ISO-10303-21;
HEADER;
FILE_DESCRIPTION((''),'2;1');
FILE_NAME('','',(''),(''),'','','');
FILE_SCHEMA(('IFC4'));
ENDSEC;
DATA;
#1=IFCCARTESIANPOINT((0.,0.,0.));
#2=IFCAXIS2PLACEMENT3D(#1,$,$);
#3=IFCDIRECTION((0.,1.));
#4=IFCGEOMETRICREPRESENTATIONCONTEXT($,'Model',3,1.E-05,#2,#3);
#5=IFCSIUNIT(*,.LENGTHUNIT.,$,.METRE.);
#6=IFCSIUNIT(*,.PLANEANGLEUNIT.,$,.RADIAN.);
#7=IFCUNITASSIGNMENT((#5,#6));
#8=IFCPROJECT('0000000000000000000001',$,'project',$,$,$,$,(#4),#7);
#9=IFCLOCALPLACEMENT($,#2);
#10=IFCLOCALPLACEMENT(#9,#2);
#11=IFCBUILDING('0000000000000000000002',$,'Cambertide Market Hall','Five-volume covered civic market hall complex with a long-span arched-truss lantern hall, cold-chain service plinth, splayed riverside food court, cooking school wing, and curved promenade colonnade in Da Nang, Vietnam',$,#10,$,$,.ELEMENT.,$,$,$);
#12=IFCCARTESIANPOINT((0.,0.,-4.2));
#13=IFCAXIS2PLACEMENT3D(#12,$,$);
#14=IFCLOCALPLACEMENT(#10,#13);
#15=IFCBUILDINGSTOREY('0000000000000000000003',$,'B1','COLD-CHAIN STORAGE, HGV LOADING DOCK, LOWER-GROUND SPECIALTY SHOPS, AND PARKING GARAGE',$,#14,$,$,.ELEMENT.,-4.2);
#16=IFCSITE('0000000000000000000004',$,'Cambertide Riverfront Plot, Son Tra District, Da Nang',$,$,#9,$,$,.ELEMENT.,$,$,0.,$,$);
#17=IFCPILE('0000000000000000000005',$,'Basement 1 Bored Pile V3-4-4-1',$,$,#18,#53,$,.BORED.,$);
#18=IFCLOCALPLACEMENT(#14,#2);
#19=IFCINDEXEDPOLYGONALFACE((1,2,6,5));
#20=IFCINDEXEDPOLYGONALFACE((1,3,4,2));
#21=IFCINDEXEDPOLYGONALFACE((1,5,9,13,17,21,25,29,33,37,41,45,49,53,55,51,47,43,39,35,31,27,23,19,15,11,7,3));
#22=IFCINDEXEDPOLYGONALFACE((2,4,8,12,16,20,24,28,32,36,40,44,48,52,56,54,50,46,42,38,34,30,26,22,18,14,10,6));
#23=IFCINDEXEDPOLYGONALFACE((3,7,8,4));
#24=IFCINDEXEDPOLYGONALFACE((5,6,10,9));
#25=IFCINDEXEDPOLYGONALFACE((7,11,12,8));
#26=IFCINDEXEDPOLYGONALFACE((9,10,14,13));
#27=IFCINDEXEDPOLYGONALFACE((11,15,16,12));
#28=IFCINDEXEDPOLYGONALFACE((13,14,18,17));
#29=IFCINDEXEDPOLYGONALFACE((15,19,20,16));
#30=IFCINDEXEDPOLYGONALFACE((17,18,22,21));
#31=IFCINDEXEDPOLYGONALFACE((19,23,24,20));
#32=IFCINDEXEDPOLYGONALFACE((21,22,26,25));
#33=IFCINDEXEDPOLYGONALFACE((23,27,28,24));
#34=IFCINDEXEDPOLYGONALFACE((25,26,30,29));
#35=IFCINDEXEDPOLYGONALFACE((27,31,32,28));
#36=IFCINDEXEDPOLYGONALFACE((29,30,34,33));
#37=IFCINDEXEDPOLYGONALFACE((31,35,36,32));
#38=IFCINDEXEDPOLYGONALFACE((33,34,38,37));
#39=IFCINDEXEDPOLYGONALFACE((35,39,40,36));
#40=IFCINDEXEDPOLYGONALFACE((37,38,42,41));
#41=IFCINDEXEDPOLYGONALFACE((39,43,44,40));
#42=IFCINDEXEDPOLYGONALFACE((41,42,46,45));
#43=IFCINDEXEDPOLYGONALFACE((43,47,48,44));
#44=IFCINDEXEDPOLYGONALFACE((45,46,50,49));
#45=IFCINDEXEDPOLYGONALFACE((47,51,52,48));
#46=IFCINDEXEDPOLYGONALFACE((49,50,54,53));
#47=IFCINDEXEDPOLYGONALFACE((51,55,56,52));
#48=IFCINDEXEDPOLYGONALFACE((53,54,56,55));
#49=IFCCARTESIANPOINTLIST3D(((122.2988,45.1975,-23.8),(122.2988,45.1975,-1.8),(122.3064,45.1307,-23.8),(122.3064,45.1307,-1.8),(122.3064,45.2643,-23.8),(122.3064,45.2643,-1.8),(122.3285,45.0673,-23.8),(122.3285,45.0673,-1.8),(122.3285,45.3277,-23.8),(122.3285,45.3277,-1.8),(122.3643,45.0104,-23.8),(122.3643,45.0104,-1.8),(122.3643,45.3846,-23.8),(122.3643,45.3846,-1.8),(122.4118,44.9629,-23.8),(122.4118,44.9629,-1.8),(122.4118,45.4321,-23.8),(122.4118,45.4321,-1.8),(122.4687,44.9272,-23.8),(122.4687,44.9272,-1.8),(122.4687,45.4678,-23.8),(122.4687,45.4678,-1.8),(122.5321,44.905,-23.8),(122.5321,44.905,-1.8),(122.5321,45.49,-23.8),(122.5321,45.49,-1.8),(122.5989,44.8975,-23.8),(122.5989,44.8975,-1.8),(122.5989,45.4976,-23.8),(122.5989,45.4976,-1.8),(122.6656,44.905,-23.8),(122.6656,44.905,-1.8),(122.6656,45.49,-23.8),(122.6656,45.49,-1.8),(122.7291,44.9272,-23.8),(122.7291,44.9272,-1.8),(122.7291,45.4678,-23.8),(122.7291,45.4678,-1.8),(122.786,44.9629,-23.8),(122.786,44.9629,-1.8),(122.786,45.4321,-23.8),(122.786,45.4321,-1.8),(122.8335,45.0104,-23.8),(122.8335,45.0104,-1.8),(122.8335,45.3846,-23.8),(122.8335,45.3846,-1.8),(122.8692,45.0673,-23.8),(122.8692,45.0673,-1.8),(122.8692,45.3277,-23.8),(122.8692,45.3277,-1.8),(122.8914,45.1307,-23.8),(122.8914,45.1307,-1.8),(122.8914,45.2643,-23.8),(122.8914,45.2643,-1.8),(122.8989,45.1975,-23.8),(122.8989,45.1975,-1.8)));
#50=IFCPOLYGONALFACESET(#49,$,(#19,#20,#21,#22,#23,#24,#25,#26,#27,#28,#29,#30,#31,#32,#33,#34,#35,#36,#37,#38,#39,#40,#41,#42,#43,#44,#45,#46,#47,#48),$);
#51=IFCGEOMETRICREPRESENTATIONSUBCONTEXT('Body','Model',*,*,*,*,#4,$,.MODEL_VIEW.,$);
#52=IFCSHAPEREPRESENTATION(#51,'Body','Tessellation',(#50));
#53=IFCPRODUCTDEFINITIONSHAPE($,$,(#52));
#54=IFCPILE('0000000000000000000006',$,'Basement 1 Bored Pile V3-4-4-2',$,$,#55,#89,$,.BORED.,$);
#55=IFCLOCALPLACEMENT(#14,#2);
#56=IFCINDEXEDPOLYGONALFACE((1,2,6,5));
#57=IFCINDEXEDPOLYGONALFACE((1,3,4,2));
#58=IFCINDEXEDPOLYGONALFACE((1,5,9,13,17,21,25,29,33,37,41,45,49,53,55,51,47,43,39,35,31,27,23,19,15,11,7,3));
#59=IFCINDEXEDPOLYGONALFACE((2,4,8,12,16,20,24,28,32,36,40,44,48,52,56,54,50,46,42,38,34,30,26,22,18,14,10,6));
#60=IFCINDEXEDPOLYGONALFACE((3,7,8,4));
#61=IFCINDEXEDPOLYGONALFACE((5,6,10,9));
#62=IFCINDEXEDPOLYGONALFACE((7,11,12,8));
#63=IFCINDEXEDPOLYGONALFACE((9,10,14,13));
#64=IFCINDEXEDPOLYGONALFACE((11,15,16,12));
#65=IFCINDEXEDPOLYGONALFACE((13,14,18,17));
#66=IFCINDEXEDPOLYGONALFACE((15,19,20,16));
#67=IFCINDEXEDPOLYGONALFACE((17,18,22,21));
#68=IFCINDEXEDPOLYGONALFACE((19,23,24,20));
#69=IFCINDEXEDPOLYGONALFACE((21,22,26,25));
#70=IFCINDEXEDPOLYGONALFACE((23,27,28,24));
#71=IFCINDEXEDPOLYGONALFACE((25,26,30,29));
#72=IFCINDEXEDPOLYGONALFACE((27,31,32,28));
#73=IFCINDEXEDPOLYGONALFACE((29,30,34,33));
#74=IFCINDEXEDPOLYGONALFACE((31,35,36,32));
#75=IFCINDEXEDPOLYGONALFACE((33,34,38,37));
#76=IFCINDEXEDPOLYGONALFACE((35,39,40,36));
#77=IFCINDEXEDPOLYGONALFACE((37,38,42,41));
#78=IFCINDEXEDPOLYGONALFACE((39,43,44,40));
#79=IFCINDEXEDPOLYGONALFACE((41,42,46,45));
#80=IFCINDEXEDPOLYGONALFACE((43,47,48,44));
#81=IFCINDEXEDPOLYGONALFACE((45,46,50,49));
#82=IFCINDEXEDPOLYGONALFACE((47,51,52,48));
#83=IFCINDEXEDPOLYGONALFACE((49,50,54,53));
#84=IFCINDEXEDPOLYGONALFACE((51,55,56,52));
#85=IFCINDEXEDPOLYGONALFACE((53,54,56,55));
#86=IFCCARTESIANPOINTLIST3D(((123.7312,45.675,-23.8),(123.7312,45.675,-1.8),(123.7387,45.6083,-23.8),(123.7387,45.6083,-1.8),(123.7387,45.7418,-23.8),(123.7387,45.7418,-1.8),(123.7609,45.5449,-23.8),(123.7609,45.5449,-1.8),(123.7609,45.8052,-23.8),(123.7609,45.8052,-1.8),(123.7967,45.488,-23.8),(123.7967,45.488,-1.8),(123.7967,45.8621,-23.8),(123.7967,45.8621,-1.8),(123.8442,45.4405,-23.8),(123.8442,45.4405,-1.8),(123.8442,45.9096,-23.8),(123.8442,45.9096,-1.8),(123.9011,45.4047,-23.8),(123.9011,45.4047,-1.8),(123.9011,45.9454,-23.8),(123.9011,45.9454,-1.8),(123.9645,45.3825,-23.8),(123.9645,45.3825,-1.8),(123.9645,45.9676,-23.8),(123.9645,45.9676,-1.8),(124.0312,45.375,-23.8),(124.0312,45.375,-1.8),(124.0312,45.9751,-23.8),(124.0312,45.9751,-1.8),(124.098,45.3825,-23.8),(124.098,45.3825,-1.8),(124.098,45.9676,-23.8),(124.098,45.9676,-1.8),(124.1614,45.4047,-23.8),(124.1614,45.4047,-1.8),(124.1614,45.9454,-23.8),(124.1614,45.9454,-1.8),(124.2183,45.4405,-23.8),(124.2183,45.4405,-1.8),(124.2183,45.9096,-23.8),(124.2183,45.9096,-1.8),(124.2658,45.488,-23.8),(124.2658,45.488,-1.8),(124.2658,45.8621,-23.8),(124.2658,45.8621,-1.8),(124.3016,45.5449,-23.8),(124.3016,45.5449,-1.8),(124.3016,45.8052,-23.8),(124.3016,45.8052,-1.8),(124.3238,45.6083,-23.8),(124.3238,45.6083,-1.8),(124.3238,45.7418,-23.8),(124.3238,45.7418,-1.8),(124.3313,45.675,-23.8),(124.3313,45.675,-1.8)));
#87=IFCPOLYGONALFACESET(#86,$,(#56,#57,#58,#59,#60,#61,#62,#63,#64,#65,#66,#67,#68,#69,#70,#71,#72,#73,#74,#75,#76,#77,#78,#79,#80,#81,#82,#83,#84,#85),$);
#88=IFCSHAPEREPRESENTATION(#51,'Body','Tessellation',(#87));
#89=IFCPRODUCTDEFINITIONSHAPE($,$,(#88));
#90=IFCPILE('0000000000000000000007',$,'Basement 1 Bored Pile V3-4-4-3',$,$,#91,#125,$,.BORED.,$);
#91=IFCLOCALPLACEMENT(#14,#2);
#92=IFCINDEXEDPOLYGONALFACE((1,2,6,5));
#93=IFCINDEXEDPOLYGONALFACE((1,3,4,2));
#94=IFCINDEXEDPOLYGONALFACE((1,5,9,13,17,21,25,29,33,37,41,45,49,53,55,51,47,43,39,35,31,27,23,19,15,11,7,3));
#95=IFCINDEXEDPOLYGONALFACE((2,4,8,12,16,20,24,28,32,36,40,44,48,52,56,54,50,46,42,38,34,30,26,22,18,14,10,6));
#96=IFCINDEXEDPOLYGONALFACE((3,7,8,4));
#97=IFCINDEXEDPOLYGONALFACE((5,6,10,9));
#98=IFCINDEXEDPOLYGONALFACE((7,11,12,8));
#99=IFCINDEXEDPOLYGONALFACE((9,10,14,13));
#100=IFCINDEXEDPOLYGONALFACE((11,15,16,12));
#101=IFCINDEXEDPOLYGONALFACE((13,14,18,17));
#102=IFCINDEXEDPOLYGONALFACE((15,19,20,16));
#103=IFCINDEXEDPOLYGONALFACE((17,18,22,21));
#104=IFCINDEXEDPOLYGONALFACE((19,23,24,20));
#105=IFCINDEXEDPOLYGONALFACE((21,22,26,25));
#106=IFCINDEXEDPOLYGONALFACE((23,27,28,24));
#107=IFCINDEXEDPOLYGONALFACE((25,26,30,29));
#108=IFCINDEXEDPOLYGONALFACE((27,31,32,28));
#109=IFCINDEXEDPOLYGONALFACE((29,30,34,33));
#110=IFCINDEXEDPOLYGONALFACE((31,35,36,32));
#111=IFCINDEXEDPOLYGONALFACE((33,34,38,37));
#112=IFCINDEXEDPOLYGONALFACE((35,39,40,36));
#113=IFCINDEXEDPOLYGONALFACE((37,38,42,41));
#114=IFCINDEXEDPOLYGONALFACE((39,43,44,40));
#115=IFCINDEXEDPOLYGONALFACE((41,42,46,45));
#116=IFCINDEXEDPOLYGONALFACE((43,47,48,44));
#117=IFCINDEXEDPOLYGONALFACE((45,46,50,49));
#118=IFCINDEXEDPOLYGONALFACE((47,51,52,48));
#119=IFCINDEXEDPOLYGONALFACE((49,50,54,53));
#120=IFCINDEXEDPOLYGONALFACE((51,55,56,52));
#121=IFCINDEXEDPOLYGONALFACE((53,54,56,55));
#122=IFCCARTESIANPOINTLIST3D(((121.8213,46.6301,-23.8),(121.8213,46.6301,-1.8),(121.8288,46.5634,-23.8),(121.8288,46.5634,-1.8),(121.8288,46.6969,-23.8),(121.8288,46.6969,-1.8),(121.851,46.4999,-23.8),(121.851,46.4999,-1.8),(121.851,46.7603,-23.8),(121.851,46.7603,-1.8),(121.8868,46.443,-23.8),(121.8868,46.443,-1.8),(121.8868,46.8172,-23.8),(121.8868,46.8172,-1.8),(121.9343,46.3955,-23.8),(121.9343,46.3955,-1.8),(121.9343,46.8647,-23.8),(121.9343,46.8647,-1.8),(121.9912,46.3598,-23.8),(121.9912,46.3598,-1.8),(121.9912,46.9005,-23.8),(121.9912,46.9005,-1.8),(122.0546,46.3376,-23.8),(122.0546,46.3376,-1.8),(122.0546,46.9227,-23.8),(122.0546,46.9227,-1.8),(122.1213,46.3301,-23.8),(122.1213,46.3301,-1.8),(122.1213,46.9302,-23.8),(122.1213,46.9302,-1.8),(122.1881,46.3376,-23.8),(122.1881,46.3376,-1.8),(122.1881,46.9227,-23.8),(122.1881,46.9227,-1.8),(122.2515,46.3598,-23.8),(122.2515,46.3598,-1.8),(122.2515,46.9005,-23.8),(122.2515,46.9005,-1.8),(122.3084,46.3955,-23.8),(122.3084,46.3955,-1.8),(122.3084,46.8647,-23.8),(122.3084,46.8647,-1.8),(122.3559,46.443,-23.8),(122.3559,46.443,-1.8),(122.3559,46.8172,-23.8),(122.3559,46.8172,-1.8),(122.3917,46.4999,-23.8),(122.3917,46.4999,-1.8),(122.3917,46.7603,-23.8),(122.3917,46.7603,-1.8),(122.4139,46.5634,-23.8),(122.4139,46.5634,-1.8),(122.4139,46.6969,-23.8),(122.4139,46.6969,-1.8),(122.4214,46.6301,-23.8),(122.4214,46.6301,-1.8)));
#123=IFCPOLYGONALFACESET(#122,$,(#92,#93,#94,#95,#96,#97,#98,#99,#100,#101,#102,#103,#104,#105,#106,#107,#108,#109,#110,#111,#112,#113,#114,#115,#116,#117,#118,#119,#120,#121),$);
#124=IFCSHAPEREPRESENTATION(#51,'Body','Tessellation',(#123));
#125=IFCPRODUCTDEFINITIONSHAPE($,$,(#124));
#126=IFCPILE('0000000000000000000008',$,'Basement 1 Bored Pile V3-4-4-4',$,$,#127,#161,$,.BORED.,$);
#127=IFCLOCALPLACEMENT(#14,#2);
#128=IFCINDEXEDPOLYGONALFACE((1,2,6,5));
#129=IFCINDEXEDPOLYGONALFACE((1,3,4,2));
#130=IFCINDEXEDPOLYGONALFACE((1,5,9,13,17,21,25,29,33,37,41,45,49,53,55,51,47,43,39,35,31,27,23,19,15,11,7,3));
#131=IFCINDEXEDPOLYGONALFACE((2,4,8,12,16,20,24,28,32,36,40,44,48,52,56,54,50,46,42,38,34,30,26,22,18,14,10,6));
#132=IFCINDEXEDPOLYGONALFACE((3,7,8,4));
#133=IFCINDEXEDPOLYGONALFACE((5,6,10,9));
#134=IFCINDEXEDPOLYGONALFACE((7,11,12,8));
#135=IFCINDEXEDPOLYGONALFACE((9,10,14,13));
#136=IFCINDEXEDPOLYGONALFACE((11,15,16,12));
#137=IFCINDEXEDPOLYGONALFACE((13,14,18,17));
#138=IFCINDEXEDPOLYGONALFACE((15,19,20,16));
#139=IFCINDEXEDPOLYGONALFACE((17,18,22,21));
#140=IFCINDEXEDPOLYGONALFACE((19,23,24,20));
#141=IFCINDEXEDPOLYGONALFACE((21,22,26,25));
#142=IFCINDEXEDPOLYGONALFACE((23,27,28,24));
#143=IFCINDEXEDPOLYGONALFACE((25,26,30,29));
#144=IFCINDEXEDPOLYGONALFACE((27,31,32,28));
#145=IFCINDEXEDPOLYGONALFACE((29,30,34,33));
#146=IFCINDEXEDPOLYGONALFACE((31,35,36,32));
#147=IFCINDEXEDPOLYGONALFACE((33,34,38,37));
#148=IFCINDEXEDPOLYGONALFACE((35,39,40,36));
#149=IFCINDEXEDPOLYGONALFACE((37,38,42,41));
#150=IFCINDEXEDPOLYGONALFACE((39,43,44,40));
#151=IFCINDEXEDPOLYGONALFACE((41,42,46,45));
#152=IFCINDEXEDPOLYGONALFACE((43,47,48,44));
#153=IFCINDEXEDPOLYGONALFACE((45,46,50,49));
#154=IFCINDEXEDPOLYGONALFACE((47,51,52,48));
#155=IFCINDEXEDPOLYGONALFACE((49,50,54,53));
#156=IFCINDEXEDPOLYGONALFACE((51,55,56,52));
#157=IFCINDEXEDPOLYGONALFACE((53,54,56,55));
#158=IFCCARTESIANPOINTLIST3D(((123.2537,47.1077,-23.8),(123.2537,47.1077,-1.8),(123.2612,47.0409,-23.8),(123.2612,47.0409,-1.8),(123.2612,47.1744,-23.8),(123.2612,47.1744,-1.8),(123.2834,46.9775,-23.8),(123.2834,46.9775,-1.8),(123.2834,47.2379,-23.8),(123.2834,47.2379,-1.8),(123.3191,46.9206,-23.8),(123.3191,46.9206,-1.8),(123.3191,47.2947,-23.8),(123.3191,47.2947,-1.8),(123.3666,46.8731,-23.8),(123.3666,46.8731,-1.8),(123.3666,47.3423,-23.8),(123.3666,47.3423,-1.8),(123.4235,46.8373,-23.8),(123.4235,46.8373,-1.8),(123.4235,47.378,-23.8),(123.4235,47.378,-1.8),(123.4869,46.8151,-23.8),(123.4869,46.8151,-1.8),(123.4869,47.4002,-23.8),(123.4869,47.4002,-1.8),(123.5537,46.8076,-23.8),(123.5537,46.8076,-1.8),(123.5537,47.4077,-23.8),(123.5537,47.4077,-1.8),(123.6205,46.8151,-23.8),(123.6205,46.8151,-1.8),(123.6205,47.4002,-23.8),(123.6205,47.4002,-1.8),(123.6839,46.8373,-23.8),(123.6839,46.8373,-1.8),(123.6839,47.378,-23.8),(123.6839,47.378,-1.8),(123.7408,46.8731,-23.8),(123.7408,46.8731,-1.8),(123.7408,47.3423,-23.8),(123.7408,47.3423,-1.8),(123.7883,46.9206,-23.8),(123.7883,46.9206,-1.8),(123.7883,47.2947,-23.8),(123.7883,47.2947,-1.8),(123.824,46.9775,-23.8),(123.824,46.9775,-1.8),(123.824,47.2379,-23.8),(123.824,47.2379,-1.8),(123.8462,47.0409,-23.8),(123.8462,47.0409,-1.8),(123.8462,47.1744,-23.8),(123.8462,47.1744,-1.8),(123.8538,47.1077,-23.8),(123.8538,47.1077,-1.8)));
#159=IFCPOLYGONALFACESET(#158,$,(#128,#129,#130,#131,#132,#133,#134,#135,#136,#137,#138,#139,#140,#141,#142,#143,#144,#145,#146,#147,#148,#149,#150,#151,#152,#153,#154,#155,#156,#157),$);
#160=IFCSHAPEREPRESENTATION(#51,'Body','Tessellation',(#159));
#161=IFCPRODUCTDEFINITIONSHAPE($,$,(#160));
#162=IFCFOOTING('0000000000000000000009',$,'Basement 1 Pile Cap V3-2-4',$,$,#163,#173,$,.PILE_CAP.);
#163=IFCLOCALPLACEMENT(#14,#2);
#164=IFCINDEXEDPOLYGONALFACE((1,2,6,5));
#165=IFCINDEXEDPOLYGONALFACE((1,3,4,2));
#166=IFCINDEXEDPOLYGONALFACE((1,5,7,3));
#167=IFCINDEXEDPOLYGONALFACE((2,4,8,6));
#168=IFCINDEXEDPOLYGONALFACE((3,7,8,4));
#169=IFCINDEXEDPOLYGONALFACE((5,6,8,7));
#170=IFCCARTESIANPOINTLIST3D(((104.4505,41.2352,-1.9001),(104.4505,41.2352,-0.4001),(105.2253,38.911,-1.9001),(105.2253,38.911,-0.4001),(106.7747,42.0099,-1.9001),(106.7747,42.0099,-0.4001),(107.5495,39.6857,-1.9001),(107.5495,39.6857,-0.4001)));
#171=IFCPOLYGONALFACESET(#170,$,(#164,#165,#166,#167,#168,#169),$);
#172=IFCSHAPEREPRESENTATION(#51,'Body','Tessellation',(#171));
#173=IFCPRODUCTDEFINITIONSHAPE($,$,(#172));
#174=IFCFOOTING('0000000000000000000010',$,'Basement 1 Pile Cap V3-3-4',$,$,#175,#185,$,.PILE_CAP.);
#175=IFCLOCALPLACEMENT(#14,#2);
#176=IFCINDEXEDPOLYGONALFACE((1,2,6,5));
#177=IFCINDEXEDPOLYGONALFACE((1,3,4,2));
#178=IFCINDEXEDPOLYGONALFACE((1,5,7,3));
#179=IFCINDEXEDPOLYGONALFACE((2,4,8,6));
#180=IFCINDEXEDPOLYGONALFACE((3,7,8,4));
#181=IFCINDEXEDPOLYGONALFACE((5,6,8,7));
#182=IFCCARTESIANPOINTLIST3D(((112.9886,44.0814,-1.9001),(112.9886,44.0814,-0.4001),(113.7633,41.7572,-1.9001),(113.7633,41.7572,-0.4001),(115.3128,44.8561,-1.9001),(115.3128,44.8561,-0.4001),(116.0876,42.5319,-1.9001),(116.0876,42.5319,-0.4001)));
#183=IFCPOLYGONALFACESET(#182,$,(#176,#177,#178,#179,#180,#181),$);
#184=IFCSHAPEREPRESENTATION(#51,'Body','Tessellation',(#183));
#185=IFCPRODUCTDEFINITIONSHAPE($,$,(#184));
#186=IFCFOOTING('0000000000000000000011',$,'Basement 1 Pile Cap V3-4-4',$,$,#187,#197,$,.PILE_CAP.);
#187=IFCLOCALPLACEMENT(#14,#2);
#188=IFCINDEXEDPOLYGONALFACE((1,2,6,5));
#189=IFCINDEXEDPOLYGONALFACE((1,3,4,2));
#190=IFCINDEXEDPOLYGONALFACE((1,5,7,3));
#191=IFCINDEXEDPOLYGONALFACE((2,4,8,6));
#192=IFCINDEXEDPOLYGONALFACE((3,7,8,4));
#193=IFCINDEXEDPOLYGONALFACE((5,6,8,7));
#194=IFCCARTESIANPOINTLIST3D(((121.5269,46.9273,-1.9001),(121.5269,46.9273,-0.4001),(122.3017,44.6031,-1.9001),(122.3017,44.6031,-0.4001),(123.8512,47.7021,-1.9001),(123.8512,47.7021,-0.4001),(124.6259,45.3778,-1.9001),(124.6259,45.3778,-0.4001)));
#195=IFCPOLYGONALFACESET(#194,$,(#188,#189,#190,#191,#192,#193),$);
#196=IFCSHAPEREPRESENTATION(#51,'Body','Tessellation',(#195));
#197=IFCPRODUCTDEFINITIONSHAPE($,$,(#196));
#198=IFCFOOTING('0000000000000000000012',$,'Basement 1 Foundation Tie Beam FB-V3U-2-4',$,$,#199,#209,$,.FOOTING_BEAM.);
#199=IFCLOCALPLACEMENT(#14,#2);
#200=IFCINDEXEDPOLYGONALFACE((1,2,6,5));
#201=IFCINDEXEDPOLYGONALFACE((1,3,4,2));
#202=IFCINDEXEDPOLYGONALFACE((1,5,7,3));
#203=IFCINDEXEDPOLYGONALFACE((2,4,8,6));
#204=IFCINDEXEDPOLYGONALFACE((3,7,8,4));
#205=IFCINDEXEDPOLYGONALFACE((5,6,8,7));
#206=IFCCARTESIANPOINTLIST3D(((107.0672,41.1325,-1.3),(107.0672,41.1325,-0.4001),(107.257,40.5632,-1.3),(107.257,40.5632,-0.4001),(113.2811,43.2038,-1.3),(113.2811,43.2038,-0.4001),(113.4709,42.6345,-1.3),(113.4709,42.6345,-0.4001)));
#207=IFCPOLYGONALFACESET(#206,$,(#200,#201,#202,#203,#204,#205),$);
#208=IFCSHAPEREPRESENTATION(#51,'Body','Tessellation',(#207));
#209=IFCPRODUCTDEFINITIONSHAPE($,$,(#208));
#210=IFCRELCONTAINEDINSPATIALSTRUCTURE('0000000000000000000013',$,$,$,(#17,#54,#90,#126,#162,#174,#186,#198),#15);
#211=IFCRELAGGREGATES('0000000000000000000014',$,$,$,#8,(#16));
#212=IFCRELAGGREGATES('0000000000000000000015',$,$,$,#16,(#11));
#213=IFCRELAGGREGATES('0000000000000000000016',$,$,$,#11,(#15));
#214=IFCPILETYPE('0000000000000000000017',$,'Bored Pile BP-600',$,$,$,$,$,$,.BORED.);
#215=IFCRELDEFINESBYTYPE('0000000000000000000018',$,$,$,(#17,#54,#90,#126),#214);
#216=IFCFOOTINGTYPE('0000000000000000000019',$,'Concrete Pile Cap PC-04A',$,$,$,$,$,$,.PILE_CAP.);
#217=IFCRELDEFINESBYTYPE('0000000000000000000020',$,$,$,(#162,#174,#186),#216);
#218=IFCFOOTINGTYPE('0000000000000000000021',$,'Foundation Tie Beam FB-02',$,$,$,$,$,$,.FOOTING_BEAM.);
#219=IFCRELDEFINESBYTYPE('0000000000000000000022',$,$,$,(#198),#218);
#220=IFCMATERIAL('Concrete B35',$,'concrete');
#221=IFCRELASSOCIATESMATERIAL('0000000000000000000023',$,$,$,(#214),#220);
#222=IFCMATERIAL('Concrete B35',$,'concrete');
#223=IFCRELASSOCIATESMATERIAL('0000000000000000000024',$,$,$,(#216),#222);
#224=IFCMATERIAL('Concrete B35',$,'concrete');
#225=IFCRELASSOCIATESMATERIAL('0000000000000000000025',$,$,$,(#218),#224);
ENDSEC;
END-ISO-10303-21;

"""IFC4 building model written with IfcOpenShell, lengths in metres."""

from ifc_helpers import new_model, si_unit, direction, frame, origin, origin_2d, place, context, subcontext, project, spatial, rectangle, circle, extrude, material, material_profile, profile_set, type_object, element, save


model = new_model("IFC4")

# Units and contexts
model_context = context("Model", 3, precision=1e-05, world=origin(), true_north=direction((0.0, 1.0)))
body_context = subcontext(model_context, "Body", "Model", "MODEL_VIEW")
ifc_project = project(units=[si_unit("LENGTHUNIT", "METRE"), si_unit("PLANEANGLEUNIT", "RADIAN")], contexts=[model_context])

# Site, building, storey
site_placement = place(None, origin())
site = spatial("IfcSite", under=ifc_project, at=site_placement, Name="Cambertide Riverfront Plot, Son Tra District, Da Nang", CompositionType="ELEMENT", RefElevation=0.0)
building_placement = place(site_placement, origin())
building = spatial("IfcBuilding", under=site, at=building_placement, Name="Cambertide Market Hall", Description="Five-volume covered civic market hall complex with a long-span arched-truss lantern hall, cold-chain service plinth, splayed riverside food court, cooking school wing, and curved promenade colonnade in Da Nang, Vietnam", CompositionType="ELEMENT")
storey_placement = place(building_placement, frame((0.0, 0.0, -4.2)))
storey = spatial("IfcBuildingStorey", under=building, at=storey_placement, Name="B1", Description="COLD-CHAIN STORAGE, HGV LOADING DOCK, LOWER-GROUND SPECIALTY SHOPS, AND PARKING GARAGE", CompositionType="ELEMENT", Elevation=-4.2)

# Piles
ifc_material_1 = material(Name="Concrete B35", Category="concrete")
ifc_material_profile_1 = material_profile(ifc_material_1, circle(Radius=0.3, at=origin_2d()), Name="BP D600")
ifc_profile_set_1 = profile_set([ifc_material_profile_1], Name="Concrete B35")
pile_type = type_object("IfcPileType", Name="Bored Pile BP-600", PredefinedType="BORED", material=ifc_profile_set_1)
for number, where, z_axis, x_axis, name in (
    (1, (122.5989, 45.1975, -1.8), (0.0, 0.0, -1.0), (1.0, 0.0, 0.0), "Basement 1 Bored Pile V3-4-4-1"),
    (2, (124.0312, 45.675, -1.8), (0.0, 0.0, -1.0), (1.0, 0.0, 0.0), "Basement 1 Bored Pile V3-4-4-2"),
    (3, (122.1213, 46.6301, -1.8), (0.0, 0.0, -1.0), (1.0, 0.0, 0.0), "Basement 1 Bored Pile V3-4-4-3"),
    (4, (123.5537, 47.1077, -1.8), (0.0, 0.0, -1.0), (1.0, 0.0, 0.0), "Basement 1 Bored Pile V3-4-4-4"),
):
    element("IfcPile", number, at=place(storey_placement, frame(where, z_axis=z_axis, x_axis=x_axis)), inside=storey, type_object=pile_type, Name=name, PredefinedType="BORED", context=body_context, shape_type="SweptSolid", body=[
        extrude(circle(Radius=0.3, at=origin_2d()), origin(), (0.0, 0.0, 1.0), 22.0),
    ])

# Footings
ifc_material_2 = material(Name="Concrete B35", Category="concrete")
footing_type_1 = type_object("IfcFootingType", Name="Concrete Pile Cap PC-04A", PredefinedType="PILE_CAP", material=ifc_material_2)
for number, where, z_axis, x_axis, name in (
    (5, (106.0, 40.4604, -1.9001), (0.0, 0.0, 1.0), (0.948683, 0.316228, 0.0), "Basement 1 Pile Cap V3-2-4"),
    (6, (114.5381, 43.3066, -1.9001), (0.0, 0.0, 1.0), (0.948683, 0.316228, 0.0), "Basement 1 Pile Cap V3-3-4"),
    (7, (123.0764, 46.1526, -1.9001), (0.0, 0.0, 1.0), (0.948683, 0.316228, 0.0), "Basement 1 Pile Cap V3-4-4"),
):
    element("IfcFooting", number, at=place(storey_placement, frame(where, z_axis=z_axis, x_axis=x_axis)), inside=storey, type_object=footing_type_1, Name=name, PredefinedType="PILE_CAP", context=body_context, shape_type="SweptSolid", body=[
        extrude(rectangle(XDim=2.45, YDim=2.45, at=origin_2d()), origin(), (0.0, 0.0, 1.0), 1.5),
    ])
ifc_material_3 = material(Name="Concrete B35", Category="concrete")
footing_type_2 = type_object("IfcFootingType", Name="Foundation Tie Beam FB-02", PredefinedType="FOOTING_BEAM", material=ifc_material_3)
for number, where, z_axis, x_axis, name in (
    (8, (110.269, 41.8835, -1.3), (0.0, 0.0, 1.0), (0.948683, 0.316228, 0.0), "Basement 1 Foundation Tie Beam FB-V3U-2-4"),
):
    element("IfcFooting", number, at=place(storey_placement, frame(where, z_axis=z_axis, x_axis=x_axis)), inside=storey, type_object=footing_type_2, Name=name, PredefinedType="FOOTING_BEAM", context=body_context, shape_type="SweptSolid", body=[
        extrude(rectangle(XDim=6.55, YDim=0.6001, at=origin_2d()), origin(), (0.0, 0.0, 1.0), 0.8999),
    ])

save(model, "model.ifc")
